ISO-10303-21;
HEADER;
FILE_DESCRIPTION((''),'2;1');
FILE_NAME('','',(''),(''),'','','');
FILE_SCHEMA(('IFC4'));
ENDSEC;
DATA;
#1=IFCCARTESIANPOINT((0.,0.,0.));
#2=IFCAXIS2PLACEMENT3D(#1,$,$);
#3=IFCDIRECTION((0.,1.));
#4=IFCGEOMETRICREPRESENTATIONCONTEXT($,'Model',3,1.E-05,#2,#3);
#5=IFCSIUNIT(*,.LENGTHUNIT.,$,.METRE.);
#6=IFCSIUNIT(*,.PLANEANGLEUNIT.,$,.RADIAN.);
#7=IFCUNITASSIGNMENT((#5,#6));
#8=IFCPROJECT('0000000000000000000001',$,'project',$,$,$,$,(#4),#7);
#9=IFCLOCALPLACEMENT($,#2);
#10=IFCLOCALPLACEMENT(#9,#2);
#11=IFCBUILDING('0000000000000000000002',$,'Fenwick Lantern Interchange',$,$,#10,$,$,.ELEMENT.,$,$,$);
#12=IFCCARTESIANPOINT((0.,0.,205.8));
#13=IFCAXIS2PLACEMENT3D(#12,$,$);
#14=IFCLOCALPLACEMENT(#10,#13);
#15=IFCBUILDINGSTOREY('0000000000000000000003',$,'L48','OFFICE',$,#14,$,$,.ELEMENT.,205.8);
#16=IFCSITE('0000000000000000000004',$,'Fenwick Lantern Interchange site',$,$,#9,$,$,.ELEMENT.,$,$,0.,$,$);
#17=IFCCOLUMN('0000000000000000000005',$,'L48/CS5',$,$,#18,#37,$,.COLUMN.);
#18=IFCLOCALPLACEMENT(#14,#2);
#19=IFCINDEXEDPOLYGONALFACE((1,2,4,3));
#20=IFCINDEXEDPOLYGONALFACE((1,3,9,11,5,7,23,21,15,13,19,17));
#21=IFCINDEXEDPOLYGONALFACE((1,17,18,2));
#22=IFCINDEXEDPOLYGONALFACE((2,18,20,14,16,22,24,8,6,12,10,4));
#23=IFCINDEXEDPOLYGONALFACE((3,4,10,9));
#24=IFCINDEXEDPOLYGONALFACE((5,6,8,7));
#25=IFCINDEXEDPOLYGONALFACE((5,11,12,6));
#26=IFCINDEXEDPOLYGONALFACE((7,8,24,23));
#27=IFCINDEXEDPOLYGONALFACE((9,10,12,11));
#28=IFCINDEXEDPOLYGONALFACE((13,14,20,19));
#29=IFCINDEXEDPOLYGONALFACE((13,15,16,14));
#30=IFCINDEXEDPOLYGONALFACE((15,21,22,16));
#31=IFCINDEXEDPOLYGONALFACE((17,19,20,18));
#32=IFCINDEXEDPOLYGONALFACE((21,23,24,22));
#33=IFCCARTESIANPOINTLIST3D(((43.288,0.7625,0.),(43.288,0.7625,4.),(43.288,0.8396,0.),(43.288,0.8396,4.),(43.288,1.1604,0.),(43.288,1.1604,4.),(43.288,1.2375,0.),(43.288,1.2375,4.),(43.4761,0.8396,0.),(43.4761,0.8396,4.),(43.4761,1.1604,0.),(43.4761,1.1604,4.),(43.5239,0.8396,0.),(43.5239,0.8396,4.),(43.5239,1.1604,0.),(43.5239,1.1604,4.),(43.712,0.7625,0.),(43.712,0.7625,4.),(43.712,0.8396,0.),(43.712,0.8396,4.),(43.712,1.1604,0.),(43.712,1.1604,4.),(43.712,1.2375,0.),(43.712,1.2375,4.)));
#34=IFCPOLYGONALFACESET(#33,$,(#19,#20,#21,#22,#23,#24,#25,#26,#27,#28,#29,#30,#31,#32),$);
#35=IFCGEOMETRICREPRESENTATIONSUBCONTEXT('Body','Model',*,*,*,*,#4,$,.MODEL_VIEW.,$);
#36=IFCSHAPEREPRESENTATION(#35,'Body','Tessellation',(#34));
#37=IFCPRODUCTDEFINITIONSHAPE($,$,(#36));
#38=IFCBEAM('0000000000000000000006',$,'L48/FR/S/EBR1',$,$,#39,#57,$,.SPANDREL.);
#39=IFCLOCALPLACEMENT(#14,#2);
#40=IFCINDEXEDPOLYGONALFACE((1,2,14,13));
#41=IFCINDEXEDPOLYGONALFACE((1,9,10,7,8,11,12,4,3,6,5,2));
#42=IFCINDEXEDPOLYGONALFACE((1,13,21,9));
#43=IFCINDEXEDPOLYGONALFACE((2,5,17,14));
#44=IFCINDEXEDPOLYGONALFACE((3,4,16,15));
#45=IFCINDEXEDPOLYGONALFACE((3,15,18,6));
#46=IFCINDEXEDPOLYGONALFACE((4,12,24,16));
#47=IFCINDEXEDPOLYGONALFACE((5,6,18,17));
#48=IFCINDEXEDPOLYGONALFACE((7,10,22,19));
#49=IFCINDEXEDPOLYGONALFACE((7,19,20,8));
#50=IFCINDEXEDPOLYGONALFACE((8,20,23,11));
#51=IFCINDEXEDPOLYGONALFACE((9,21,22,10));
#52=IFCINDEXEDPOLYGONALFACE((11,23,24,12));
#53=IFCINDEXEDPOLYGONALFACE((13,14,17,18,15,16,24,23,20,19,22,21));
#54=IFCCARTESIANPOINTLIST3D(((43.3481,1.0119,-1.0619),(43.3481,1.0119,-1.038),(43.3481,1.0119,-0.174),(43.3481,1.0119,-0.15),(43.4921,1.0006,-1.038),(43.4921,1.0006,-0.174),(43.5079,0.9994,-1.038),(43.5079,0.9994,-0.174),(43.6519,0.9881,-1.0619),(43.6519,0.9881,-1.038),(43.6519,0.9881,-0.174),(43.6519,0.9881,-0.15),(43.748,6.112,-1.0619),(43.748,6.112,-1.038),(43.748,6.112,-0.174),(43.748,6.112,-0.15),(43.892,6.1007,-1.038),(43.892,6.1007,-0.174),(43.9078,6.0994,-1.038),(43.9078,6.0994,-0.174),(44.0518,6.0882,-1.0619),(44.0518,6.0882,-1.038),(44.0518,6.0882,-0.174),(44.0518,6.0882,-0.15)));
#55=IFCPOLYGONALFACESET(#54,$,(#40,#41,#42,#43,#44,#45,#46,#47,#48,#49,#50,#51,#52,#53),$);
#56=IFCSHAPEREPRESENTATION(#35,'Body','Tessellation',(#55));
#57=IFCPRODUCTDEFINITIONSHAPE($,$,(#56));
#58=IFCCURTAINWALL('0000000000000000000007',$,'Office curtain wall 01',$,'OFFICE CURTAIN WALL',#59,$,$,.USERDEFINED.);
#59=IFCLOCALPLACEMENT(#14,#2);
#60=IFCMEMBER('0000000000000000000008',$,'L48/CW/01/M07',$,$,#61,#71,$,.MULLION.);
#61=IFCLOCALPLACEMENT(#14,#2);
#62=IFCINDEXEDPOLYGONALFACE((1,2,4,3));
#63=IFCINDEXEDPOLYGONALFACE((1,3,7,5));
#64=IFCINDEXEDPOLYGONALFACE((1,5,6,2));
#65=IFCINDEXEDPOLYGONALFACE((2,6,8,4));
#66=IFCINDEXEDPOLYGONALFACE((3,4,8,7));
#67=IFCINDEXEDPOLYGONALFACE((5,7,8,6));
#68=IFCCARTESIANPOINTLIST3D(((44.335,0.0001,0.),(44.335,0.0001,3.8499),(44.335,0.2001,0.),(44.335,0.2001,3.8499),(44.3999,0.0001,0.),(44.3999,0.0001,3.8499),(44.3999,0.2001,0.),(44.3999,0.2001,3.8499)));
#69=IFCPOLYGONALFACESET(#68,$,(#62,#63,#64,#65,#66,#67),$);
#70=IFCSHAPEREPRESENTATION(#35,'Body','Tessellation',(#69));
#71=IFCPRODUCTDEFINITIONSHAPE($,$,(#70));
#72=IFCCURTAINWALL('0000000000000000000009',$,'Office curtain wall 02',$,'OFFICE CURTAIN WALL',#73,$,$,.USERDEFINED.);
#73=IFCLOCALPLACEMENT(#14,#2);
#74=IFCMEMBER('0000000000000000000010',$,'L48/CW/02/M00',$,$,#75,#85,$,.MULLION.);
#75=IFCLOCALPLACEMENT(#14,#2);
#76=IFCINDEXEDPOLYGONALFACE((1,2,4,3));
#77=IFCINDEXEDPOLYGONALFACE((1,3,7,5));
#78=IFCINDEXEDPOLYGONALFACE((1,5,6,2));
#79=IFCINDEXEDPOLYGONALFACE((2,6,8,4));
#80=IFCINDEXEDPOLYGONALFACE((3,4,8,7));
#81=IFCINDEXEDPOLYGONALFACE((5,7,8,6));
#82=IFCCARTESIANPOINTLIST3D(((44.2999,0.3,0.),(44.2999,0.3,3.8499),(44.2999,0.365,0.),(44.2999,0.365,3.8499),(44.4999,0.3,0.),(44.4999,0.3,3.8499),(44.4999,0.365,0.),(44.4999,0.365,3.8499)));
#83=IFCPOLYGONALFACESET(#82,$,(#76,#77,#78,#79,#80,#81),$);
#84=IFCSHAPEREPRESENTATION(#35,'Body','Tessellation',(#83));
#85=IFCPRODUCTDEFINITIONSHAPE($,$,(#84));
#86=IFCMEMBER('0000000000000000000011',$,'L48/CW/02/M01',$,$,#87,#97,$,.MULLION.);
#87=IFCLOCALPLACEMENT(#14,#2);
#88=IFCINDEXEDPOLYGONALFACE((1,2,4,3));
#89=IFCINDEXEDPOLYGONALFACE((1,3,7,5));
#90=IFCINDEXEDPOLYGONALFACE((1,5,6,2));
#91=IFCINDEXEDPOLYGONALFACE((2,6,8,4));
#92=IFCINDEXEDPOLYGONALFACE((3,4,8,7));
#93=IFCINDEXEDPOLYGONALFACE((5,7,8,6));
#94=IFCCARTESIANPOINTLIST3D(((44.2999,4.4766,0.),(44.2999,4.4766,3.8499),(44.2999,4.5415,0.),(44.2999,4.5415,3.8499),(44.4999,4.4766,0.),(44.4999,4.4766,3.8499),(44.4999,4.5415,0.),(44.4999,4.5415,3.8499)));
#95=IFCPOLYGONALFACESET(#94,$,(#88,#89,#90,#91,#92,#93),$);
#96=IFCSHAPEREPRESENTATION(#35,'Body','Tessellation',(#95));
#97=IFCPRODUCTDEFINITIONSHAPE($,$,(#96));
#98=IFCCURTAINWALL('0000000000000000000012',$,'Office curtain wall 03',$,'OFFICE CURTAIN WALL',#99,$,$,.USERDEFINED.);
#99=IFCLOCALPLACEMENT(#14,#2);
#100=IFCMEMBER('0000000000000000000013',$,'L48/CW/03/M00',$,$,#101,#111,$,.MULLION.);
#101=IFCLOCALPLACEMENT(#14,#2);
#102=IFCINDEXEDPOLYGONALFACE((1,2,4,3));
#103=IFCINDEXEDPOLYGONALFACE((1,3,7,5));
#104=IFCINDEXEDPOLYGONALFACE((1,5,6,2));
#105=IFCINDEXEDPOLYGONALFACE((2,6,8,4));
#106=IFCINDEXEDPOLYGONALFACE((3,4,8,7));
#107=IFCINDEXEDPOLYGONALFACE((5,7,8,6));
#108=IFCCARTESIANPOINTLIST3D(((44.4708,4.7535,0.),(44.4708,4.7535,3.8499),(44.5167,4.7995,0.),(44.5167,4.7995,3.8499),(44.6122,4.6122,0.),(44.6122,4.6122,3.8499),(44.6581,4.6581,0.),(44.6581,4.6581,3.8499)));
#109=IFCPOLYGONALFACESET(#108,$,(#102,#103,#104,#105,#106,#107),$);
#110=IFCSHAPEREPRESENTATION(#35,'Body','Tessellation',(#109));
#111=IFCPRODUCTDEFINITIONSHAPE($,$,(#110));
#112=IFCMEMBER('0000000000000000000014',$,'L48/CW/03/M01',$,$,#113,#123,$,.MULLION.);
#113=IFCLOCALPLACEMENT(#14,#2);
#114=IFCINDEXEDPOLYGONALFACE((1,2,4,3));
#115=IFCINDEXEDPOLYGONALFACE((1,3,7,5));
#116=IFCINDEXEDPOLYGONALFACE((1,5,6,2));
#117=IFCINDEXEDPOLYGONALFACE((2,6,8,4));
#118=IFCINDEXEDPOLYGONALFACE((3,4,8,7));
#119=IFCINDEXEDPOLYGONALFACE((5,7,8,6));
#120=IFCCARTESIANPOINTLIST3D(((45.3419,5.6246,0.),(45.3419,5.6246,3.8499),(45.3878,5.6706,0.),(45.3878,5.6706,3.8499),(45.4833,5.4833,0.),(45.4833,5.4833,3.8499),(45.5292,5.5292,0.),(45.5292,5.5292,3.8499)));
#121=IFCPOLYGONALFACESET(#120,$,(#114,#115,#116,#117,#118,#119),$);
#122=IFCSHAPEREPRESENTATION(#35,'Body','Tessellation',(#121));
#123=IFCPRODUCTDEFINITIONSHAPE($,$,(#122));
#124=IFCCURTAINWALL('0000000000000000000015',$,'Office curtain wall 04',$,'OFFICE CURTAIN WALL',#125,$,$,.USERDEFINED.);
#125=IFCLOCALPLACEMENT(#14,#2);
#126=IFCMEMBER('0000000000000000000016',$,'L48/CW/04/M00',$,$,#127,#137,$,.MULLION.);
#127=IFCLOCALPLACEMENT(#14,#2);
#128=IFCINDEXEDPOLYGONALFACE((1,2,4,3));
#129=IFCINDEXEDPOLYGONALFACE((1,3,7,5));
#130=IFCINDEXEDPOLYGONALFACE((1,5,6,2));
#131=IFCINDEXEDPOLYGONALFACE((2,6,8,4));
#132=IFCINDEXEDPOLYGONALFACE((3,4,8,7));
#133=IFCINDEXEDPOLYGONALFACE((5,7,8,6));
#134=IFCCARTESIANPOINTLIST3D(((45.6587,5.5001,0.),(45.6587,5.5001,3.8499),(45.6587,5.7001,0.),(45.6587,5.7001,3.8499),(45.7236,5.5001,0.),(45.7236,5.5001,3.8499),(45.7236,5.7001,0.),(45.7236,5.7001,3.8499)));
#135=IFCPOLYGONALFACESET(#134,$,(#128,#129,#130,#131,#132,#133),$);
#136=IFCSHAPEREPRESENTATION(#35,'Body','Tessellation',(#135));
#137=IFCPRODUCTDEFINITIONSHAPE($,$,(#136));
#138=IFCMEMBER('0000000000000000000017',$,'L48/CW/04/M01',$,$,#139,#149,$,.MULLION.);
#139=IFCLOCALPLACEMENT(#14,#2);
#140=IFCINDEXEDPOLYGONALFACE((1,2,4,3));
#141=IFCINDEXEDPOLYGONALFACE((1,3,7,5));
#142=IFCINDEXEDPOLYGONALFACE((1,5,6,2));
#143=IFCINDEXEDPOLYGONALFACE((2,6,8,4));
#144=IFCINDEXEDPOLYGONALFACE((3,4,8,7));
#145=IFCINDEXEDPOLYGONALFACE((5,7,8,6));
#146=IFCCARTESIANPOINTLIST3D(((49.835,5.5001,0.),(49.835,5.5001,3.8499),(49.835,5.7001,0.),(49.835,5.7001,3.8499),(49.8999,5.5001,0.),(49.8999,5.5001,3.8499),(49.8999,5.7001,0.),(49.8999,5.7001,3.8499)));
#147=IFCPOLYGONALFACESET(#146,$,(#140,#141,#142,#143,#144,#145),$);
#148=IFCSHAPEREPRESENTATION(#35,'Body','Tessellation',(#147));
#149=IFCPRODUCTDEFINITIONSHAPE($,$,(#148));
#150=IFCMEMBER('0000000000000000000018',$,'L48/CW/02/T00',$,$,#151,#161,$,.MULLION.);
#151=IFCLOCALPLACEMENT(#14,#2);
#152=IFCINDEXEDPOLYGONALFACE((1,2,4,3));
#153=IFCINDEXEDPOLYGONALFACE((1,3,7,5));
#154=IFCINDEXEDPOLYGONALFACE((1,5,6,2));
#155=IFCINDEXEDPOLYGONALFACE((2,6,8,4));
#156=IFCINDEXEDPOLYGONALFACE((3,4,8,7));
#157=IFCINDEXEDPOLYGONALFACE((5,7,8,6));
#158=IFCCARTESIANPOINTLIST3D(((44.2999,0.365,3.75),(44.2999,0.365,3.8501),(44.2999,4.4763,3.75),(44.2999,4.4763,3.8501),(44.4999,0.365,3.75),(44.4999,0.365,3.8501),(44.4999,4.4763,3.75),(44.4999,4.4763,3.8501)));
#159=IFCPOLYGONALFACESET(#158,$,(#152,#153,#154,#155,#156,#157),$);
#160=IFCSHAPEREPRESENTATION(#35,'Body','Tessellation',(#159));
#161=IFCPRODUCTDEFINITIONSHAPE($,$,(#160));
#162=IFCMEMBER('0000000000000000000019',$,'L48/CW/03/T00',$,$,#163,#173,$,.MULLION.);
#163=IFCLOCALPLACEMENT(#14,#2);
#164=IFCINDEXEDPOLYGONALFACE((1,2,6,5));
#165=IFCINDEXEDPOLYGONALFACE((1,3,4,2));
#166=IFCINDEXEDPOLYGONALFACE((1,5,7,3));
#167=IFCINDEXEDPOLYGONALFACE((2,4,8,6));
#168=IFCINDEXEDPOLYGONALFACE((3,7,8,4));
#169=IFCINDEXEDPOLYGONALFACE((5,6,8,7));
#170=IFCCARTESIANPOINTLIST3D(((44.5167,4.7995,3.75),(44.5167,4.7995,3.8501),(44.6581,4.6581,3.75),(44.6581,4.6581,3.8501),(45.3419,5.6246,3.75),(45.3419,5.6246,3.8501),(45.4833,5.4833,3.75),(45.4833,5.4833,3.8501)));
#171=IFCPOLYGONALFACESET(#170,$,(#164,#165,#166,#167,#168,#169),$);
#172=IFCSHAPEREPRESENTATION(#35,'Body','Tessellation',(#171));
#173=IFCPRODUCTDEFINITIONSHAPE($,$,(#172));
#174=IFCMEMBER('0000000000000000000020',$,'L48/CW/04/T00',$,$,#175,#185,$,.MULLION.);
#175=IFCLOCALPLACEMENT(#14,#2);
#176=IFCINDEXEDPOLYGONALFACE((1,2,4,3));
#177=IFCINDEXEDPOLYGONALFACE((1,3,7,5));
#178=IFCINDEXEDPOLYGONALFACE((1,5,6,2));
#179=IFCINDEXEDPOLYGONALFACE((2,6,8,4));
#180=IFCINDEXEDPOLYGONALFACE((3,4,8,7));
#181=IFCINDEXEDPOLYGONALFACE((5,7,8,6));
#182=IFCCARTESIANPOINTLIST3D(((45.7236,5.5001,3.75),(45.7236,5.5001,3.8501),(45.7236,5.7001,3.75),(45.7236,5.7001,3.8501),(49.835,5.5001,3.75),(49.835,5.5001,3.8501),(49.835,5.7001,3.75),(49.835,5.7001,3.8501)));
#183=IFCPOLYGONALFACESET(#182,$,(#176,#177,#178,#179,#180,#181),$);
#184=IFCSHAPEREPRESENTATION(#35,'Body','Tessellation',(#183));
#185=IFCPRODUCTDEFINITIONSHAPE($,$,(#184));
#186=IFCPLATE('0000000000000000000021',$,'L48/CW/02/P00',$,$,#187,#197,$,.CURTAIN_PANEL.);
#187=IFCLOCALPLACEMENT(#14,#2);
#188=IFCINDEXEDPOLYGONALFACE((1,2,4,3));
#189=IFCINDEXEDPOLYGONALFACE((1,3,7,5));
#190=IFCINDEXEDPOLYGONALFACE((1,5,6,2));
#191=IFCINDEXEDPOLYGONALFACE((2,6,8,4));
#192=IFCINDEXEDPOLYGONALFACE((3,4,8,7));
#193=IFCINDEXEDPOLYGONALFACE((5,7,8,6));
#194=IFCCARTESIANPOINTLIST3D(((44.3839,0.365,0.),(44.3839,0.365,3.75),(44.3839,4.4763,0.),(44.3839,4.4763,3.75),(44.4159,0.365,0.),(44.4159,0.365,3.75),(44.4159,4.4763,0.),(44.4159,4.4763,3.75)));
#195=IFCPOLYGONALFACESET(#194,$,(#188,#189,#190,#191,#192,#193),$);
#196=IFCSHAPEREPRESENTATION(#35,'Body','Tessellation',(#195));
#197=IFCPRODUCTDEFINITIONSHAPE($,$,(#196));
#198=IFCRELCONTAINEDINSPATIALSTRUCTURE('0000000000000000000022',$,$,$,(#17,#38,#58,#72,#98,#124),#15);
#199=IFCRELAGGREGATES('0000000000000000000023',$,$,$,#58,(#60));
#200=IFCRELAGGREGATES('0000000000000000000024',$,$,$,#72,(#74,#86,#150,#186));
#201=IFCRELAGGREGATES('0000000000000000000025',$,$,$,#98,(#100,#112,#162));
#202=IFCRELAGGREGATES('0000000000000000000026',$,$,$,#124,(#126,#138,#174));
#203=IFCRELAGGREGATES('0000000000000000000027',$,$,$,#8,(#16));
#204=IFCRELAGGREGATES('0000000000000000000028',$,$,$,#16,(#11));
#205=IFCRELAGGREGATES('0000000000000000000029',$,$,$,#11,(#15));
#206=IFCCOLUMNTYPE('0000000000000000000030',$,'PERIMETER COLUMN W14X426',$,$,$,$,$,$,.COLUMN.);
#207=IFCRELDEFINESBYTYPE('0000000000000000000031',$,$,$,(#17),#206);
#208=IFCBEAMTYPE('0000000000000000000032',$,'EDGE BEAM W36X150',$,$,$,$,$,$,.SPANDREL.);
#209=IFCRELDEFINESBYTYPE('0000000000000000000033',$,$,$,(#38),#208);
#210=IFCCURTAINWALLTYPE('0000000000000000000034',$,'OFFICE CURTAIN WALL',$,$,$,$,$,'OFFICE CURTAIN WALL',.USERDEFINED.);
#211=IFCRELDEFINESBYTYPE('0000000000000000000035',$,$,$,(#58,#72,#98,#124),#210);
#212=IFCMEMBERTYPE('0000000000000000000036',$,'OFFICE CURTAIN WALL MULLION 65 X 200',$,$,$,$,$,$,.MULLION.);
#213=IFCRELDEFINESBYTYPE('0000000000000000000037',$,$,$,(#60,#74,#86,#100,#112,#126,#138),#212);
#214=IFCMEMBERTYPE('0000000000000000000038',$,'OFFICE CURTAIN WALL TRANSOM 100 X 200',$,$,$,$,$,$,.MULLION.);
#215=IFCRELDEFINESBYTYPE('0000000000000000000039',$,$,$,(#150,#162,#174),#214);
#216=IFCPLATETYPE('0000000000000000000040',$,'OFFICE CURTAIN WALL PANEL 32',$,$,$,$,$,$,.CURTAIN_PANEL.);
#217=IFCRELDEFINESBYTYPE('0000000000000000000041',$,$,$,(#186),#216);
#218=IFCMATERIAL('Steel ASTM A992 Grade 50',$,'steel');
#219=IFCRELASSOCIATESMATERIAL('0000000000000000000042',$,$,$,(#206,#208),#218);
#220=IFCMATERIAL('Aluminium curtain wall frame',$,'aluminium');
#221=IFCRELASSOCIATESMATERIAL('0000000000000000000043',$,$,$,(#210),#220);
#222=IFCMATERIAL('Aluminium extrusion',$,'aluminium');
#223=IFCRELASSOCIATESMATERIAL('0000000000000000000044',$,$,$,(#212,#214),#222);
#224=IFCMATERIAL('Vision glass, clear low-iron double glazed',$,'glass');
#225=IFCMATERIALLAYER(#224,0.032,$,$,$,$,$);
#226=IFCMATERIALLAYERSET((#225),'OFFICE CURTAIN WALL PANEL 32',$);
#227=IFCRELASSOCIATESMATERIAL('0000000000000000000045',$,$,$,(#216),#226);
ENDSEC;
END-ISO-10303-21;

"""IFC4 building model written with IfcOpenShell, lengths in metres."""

from ifc_helpers import new_model, si_unit, direction, frame, origin, origin_2d, place, context, subcontext, project, spatial, rectangle, i_section, extrude, material, layer, layer_set, material_profile, profile_set, type_object, element, aggregate, save


model = new_model("IFC4")

# Units and contexts
model_context = context("Model", 3, precision=1e-05, world=origin(), true_north=direction((0.0, 1.0)))
body_context = subcontext(model_context, "Body", "Model", "MODEL_VIEW")
ifc_project = project(units=[si_unit("LENGTHUNIT", "METRE"), si_unit("PLANEANGLEUNIT", "RADIAN")], contexts=[model_context])

# Site, building, storey
site_placement = place(None, origin())
site = spatial("IfcSite", under=ifc_project, at=site_placement, Name="Fenwick Lantern Interchange site", CompositionType="ELEMENT", RefElevation=0.0)
building_placement = place(site_placement, origin())
building = spatial("IfcBuilding", under=site, at=building_placement, Name="Fenwick Lantern Interchange", CompositionType="ELEMENT")
storey_placement = place(building_placement, frame((0.0, 0.0, 205.8)))
storey = spatial("IfcBuildingStorey", under=building, at=storey_placement, Name="L48", Description="OFFICE", CompositionType="ELEMENT", Elevation=205.8)

# Column
ifc_material_1 = material(Name="Steel ASTM A992 Grade 50", Category="steel")
ifc_material_profile_1 = material_profile(ifc_material_1, i_section(OverallWidth=0.4241, OverallDepth=0.4751, WebThickness=0.0479, FlangeThickness=0.0771, at=origin_2d()), Name="W14X426")
ifc_profile_set_1 = profile_set([ifc_material_profile_1], Name="Steel ASTM A992 Grade 50")
column_type = type_object("IfcColumnType", Name="PERIMETER COLUMN W14X426", PredefinedType="COLUMN", material=ifc_profile_set_1)
column_placement = place(storey_placement, frame((43.5, 1.0, 0.0), z_axis=(0.0, 0.0, 1.0), x_axis=(1.0, 0.0, 0.0)))
element("IfcColumn", 1, at=column_placement, inside=storey, type_object=column_type, Name="L48/CS5", PredefinedType="COLUMN", context=body_context, shape_type="SweptSolid", body=[
    extrude(i_section(OverallWidth=0.4241, OverallDepth=0.4751, WebThickness=0.0479, FlangeThickness=0.0771, at=origin_2d()), origin(), (0.0, 0.0, 1.0), 4.0),
])

# Beam
ifc_material_profile_2 = material_profile(ifc_material_1, i_section(OverallWidth=0.3047, OverallDepth=0.9119, WebThickness=0.0159, FlangeThickness=0.0239, at=origin_2d()), Name="W36X150")
ifc_profile_set_2 = profile_set([ifc_material_profile_2], Name="Steel ASTM A992 Grade 50")
beam_type = type_object("IfcBeamType", Name="EDGE BEAM W36X150", PredefinedType="SPANDREL", material=ifc_profile_set_2)
beam_placement = place(storey_placement, frame((43.5, 1.0, -0.606), z_axis=(0.078171, 0.99694, 0.0), x_axis=(-0.99694, 0.078171, 0.0)))
element("IfcBeam", 2, at=beam_placement, inside=storey, type_object=beam_type, Name="L48/FR/S/EBR1", PredefinedType="SPANDREL", context=body_context, shape_type="SweptSolid", body=[
    extrude(i_section(OverallWidth=0.3047, OverallDepth=0.9119, WebThickness=0.0159, FlangeThickness=0.0239, at=origin_2d()), origin(), (0.0, 0.0, 1.0), 5.1157),
])

# Curtain wall, member
ifc_material_2 = material(Name="Aluminium curtain wall frame", Category="aluminium")
curtain_wall_type = type_object("IfcCurtainWallType", Name="OFFICE CURTAIN WALL", ElementType="OFFICE CURTAIN WALL", PredefinedType="USERDEFINED", material=ifc_material_2)
curtain_wall_1_placement = place(storey_placement, origin())
curtain_wall_1 = element("IfcCurtainWall", 3, at=curtain_wall_1_placement, inside=storey, type_object=curtain_wall_type, Name="Office curtain wall 01", ObjectType="OFFICE CURTAIN WALL", PredefinedType="USERDEFINED")
ifc_material_3 = material(Name="Aluminium extrusion", Category="aluminium")
ifc_material_profile_3 = material_profile(ifc_material_3, rectangle(XDim=0.2, YDim=0.0649, at=origin_2d()), Name="OFFICE CURTAIN WALL MULLION 65 X 200")
ifc_profile_set_3 = profile_set([ifc_material_profile_3], Name="Aluminium extrusion")
member_type_1 = type_object("IfcMemberType", Name="OFFICE CURTAIN WALL MULLION 65 X 200", PredefinedType="MULLION", material=ifc_profile_set_3)
member_1_placement = place(storey_placement, frame((44.3674, 0.1001, 0.0), z_axis=(0.0, 0.0, 1.0), x_axis=(0.0, 1.0, 0.0)))
member_1 = element("IfcMember", 4, at=member_1_placement, type_object=member_type_1, Name="L48/CW/01/M07", PredefinedType="MULLION", context=body_context, shape_type="SweptSolid", body=[
    extrude(rectangle(XDim=0.2, YDim=0.0649, at=origin_2d()), origin(), (0.0, 0.0, 1.0), 3.8499),
])
aggregate(curtain_wall_1, [member_1])

# Curtain walls, members
curtain_wall_2_placement = place(storey_placement, origin())
curtain_wall_2 = element("IfcCurtainWall", 5, at=curtain_wall_2_placement, inside=storey, type_object=curtain_wall_type, Name="Office curtain wall 02", ObjectType="OFFICE CURTAIN WALL", PredefinedType="USERDEFINED")
member_2_placement = place(storey_placement, frame((44.3999, 0.3325, 0.0), z_axis=(0.0, 0.0, 1.0), x_axis=(-1.0, 0.0, 0.0)))
member_2 = element("IfcMember", 6, at=member_2_placement, type_object=member_type_1, Name="L48/CW/02/M00", PredefinedType="MULLION", context=body_context, shape_type="SweptSolid", body=[
    extrude(rectangle(XDim=0.2, YDim=0.0649, at=origin_2d()), origin(), (0.0, 0.0, 1.0), 3.8499),
])
member_3_placement = place(storey_placement, frame((44.3999, 4.509, 0.0), z_axis=(0.0, 0.0, 1.0), x_axis=(-1.0, 0.0, 0.0)))
member_3 = element("IfcMember", 7, at=member_3_placement, type_object=member_type_1, Name="L48/CW/02/M01", PredefinedType="MULLION", context=body_context, shape_type="SweptSolid", body=[
    extrude(rectangle(XDim=0.2, YDim=0.0649, at=origin_2d()), origin(), (0.0, 0.0, 1.0), 3.8499),
])
curtain_wall_3_placement = place(storey_placement, origin())
curtain_wall_3 = element("IfcCurtainWall", 8, at=curtain_wall_3_placement, inside=storey, type_object=curtain_wall_type, Name="Office curtain wall 03", ObjectType="OFFICE CURTAIN WALL", PredefinedType="USERDEFINED")
member_4_placement = place(storey_placement, frame((44.5645, 4.7058, 0.0), z_axis=(0.0, 0.0, 1.0), x_axis=(-0.707107, 0.707107, 0.0)))
member_4 = element("IfcMember", 9, at=member_4_placement, type_object=member_type_1, Name="L48/CW/03/M00", PredefinedType="MULLION", context=body_context, shape_type="SweptSolid", body=[
    extrude(rectangle(XDim=0.2, YDim=0.0649, at=origin_2d()), origin(), (0.0, 0.0, 1.0), 3.8499),
])
member_5_placement = place(storey_placement, frame((45.4355, 5.5769, 0.0), z_axis=(0.0, 0.0, 1.0), x_axis=(-0.707107, 0.707107, 0.0)))
member_5 = element("IfcMember", 10, at=member_5_placement, type_object=member_type_1, Name="L48/CW/03/M01", PredefinedType="MULLION", context=body_context, shape_type="SweptSolid", body=[
    extrude(rectangle(XDim=0.2, YDim=0.0649, at=origin_2d()), origin(), (0.0, 0.0, 1.0), 3.8499),
])
curtain_wall_4_placement = place(storey_placement, origin())
curtain_wall_4 = element("IfcCurtainWall", 11, at=curtain_wall_4_placement, inside=storey, type_object=curtain_wall_type, Name="Office curtain wall 04", ObjectType="OFFICE CURTAIN WALL", PredefinedType="USERDEFINED")
member_6_placement = place(storey_placement, frame((45.6912, 5.6001, 0.0), z_axis=(0.0, 0.0, 1.0), x_axis=(0.0, 1.0, 0.0)))
member_6 = element("IfcMember", 12, at=member_6_placement, type_object=member_type_1, Name="L48/CW/04/M00", PredefinedType="MULLION", context=body_context, shape_type="SweptSolid", body=[
    extrude(rectangle(XDim=0.2, YDim=0.0649, at=origin_2d()), origin(), (0.0, 0.0, 1.0), 3.8499),
])
member_7_placement = place(storey_placement, frame((49.8674, 5.6001, 0.0), z_axis=(0.0, 0.0, 1.0), x_axis=(0.0, 1.0, 0.0)))
member_7 = element("IfcMember", 13, at=member_7_placement, type_object=member_type_1, Name="L48/CW/04/M01", PredefinedType="MULLION", context=body_context, shape_type="SweptSolid", body=[
    extrude(rectangle(XDim=0.2, YDim=0.0649, at=origin_2d()), origin(), (0.0, 0.0, 1.0), 3.8499),
])

# Members
ifc_material_profile_4 = material_profile(ifc_material_3, rectangle(XDim=0.2, YDim=0.1001, at=origin_2d()), Name="OFFICE CURTAIN WALL TRANSOM 100 X 200")
ifc_profile_set_4 = profile_set([ifc_material_profile_4], Name="Aluminium extrusion")
member_type_2 = type_object("IfcMemberType", Name="OFFICE CURTAIN WALL TRANSOM 100 X 200", PredefinedType="MULLION", material=ifc_profile_set_4)
member_8_placement = place(storey_placement, frame((44.3999, 0.365, 3.8), z_axis=(0.0, 1.0, 0.0), x_axis=(-1.0, 0.0, 0.0)))
member_8 = element("IfcMember", 14, at=member_8_placement, type_object=member_type_2, Name="L48/CW/02/T00", PredefinedType="MULLION", context=body_context, shape_type="SweptSolid", body=[
    extrude(rectangle(XDim=0.2, YDim=0.1001, at=origin_2d()), origin(), (0.0, 0.0, 1.0), 4.1113),
])
member_9_placement = place(storey_placement, frame((44.5874, 4.7288, 3.8), z_axis=(0.707107, 0.707107, 0.0), x_axis=(-0.707107, 0.707107, 0.0)))
member_9 = element("IfcMember", 15, at=member_9_placement, type_object=member_type_2, Name="L48/CW/03/T00", PredefinedType="MULLION", context=body_context, shape_type="SweptSolid", body=[
    extrude(rectangle(XDim=0.2, YDim=0.1001, at=origin_2d()), origin(), (0.0, 0.0, 1.0), 1.167),
])
member_10_placement = place(storey_placement, frame((45.7236, 5.6001, 3.8), z_axis=(1.0, 0.0, 0.0), x_axis=(0.0, 1.0, 0.0)))
member_10 = element("IfcMember", 16, at=member_10_placement, type_object=member_type_2, Name="L48/CW/04/T00", PredefinedType="MULLION", context=body_context, shape_type="SweptSolid", body=[
    extrude(rectangle(XDim=0.2, YDim=0.1001, at=origin_2d()), origin(), (0.0, 0.0, 1.0), 4.1113),
])

# Plate
ifc_material_4 = material(Name="Vision glass, clear low-iron double glazed", Category="glass")
ifc_layer_1 = layer(ifc_material_4, 0.032)
ifc_layer_set_1 = layer_set([ifc_layer_1], Name="OFFICE CURTAIN WALL PANEL 32")
plate_type = type_object("IfcPlateType", Name="OFFICE CURTAIN WALL PANEL 32", PredefinedType="CURTAIN_PANEL", material=ifc_layer_set_1)
plate_1_placement = place(storey_placement, frame((44.3999, 2.4207, 0.0), z_axis=(0.0, 0.0, 1.0), x_axis=(0.0, 1.0, 0.0)))
plate_1 = element("IfcPlate", 17, at=plate_1_placement, type_object=plate_type, Name="L48/CW/02/P00", PredefinedType="CURTAIN_PANEL", context=body_context, shape_type="SweptSolid", body=[
    extrude(rectangle(XDim=4.1113, YDim=0.032, at=origin_2d()), origin(), (0.0, 0.0, 1.0), 3.75),
])
aggregate(curtain_wall_2, [member_2, member_3, member_8, plate_1])
aggregate(curtain_wall_3, [member_4, member_5, member_9])
aggregate(curtain_wall_4, [member_6, member_7, member_10])

save(model, "model.ifc")
